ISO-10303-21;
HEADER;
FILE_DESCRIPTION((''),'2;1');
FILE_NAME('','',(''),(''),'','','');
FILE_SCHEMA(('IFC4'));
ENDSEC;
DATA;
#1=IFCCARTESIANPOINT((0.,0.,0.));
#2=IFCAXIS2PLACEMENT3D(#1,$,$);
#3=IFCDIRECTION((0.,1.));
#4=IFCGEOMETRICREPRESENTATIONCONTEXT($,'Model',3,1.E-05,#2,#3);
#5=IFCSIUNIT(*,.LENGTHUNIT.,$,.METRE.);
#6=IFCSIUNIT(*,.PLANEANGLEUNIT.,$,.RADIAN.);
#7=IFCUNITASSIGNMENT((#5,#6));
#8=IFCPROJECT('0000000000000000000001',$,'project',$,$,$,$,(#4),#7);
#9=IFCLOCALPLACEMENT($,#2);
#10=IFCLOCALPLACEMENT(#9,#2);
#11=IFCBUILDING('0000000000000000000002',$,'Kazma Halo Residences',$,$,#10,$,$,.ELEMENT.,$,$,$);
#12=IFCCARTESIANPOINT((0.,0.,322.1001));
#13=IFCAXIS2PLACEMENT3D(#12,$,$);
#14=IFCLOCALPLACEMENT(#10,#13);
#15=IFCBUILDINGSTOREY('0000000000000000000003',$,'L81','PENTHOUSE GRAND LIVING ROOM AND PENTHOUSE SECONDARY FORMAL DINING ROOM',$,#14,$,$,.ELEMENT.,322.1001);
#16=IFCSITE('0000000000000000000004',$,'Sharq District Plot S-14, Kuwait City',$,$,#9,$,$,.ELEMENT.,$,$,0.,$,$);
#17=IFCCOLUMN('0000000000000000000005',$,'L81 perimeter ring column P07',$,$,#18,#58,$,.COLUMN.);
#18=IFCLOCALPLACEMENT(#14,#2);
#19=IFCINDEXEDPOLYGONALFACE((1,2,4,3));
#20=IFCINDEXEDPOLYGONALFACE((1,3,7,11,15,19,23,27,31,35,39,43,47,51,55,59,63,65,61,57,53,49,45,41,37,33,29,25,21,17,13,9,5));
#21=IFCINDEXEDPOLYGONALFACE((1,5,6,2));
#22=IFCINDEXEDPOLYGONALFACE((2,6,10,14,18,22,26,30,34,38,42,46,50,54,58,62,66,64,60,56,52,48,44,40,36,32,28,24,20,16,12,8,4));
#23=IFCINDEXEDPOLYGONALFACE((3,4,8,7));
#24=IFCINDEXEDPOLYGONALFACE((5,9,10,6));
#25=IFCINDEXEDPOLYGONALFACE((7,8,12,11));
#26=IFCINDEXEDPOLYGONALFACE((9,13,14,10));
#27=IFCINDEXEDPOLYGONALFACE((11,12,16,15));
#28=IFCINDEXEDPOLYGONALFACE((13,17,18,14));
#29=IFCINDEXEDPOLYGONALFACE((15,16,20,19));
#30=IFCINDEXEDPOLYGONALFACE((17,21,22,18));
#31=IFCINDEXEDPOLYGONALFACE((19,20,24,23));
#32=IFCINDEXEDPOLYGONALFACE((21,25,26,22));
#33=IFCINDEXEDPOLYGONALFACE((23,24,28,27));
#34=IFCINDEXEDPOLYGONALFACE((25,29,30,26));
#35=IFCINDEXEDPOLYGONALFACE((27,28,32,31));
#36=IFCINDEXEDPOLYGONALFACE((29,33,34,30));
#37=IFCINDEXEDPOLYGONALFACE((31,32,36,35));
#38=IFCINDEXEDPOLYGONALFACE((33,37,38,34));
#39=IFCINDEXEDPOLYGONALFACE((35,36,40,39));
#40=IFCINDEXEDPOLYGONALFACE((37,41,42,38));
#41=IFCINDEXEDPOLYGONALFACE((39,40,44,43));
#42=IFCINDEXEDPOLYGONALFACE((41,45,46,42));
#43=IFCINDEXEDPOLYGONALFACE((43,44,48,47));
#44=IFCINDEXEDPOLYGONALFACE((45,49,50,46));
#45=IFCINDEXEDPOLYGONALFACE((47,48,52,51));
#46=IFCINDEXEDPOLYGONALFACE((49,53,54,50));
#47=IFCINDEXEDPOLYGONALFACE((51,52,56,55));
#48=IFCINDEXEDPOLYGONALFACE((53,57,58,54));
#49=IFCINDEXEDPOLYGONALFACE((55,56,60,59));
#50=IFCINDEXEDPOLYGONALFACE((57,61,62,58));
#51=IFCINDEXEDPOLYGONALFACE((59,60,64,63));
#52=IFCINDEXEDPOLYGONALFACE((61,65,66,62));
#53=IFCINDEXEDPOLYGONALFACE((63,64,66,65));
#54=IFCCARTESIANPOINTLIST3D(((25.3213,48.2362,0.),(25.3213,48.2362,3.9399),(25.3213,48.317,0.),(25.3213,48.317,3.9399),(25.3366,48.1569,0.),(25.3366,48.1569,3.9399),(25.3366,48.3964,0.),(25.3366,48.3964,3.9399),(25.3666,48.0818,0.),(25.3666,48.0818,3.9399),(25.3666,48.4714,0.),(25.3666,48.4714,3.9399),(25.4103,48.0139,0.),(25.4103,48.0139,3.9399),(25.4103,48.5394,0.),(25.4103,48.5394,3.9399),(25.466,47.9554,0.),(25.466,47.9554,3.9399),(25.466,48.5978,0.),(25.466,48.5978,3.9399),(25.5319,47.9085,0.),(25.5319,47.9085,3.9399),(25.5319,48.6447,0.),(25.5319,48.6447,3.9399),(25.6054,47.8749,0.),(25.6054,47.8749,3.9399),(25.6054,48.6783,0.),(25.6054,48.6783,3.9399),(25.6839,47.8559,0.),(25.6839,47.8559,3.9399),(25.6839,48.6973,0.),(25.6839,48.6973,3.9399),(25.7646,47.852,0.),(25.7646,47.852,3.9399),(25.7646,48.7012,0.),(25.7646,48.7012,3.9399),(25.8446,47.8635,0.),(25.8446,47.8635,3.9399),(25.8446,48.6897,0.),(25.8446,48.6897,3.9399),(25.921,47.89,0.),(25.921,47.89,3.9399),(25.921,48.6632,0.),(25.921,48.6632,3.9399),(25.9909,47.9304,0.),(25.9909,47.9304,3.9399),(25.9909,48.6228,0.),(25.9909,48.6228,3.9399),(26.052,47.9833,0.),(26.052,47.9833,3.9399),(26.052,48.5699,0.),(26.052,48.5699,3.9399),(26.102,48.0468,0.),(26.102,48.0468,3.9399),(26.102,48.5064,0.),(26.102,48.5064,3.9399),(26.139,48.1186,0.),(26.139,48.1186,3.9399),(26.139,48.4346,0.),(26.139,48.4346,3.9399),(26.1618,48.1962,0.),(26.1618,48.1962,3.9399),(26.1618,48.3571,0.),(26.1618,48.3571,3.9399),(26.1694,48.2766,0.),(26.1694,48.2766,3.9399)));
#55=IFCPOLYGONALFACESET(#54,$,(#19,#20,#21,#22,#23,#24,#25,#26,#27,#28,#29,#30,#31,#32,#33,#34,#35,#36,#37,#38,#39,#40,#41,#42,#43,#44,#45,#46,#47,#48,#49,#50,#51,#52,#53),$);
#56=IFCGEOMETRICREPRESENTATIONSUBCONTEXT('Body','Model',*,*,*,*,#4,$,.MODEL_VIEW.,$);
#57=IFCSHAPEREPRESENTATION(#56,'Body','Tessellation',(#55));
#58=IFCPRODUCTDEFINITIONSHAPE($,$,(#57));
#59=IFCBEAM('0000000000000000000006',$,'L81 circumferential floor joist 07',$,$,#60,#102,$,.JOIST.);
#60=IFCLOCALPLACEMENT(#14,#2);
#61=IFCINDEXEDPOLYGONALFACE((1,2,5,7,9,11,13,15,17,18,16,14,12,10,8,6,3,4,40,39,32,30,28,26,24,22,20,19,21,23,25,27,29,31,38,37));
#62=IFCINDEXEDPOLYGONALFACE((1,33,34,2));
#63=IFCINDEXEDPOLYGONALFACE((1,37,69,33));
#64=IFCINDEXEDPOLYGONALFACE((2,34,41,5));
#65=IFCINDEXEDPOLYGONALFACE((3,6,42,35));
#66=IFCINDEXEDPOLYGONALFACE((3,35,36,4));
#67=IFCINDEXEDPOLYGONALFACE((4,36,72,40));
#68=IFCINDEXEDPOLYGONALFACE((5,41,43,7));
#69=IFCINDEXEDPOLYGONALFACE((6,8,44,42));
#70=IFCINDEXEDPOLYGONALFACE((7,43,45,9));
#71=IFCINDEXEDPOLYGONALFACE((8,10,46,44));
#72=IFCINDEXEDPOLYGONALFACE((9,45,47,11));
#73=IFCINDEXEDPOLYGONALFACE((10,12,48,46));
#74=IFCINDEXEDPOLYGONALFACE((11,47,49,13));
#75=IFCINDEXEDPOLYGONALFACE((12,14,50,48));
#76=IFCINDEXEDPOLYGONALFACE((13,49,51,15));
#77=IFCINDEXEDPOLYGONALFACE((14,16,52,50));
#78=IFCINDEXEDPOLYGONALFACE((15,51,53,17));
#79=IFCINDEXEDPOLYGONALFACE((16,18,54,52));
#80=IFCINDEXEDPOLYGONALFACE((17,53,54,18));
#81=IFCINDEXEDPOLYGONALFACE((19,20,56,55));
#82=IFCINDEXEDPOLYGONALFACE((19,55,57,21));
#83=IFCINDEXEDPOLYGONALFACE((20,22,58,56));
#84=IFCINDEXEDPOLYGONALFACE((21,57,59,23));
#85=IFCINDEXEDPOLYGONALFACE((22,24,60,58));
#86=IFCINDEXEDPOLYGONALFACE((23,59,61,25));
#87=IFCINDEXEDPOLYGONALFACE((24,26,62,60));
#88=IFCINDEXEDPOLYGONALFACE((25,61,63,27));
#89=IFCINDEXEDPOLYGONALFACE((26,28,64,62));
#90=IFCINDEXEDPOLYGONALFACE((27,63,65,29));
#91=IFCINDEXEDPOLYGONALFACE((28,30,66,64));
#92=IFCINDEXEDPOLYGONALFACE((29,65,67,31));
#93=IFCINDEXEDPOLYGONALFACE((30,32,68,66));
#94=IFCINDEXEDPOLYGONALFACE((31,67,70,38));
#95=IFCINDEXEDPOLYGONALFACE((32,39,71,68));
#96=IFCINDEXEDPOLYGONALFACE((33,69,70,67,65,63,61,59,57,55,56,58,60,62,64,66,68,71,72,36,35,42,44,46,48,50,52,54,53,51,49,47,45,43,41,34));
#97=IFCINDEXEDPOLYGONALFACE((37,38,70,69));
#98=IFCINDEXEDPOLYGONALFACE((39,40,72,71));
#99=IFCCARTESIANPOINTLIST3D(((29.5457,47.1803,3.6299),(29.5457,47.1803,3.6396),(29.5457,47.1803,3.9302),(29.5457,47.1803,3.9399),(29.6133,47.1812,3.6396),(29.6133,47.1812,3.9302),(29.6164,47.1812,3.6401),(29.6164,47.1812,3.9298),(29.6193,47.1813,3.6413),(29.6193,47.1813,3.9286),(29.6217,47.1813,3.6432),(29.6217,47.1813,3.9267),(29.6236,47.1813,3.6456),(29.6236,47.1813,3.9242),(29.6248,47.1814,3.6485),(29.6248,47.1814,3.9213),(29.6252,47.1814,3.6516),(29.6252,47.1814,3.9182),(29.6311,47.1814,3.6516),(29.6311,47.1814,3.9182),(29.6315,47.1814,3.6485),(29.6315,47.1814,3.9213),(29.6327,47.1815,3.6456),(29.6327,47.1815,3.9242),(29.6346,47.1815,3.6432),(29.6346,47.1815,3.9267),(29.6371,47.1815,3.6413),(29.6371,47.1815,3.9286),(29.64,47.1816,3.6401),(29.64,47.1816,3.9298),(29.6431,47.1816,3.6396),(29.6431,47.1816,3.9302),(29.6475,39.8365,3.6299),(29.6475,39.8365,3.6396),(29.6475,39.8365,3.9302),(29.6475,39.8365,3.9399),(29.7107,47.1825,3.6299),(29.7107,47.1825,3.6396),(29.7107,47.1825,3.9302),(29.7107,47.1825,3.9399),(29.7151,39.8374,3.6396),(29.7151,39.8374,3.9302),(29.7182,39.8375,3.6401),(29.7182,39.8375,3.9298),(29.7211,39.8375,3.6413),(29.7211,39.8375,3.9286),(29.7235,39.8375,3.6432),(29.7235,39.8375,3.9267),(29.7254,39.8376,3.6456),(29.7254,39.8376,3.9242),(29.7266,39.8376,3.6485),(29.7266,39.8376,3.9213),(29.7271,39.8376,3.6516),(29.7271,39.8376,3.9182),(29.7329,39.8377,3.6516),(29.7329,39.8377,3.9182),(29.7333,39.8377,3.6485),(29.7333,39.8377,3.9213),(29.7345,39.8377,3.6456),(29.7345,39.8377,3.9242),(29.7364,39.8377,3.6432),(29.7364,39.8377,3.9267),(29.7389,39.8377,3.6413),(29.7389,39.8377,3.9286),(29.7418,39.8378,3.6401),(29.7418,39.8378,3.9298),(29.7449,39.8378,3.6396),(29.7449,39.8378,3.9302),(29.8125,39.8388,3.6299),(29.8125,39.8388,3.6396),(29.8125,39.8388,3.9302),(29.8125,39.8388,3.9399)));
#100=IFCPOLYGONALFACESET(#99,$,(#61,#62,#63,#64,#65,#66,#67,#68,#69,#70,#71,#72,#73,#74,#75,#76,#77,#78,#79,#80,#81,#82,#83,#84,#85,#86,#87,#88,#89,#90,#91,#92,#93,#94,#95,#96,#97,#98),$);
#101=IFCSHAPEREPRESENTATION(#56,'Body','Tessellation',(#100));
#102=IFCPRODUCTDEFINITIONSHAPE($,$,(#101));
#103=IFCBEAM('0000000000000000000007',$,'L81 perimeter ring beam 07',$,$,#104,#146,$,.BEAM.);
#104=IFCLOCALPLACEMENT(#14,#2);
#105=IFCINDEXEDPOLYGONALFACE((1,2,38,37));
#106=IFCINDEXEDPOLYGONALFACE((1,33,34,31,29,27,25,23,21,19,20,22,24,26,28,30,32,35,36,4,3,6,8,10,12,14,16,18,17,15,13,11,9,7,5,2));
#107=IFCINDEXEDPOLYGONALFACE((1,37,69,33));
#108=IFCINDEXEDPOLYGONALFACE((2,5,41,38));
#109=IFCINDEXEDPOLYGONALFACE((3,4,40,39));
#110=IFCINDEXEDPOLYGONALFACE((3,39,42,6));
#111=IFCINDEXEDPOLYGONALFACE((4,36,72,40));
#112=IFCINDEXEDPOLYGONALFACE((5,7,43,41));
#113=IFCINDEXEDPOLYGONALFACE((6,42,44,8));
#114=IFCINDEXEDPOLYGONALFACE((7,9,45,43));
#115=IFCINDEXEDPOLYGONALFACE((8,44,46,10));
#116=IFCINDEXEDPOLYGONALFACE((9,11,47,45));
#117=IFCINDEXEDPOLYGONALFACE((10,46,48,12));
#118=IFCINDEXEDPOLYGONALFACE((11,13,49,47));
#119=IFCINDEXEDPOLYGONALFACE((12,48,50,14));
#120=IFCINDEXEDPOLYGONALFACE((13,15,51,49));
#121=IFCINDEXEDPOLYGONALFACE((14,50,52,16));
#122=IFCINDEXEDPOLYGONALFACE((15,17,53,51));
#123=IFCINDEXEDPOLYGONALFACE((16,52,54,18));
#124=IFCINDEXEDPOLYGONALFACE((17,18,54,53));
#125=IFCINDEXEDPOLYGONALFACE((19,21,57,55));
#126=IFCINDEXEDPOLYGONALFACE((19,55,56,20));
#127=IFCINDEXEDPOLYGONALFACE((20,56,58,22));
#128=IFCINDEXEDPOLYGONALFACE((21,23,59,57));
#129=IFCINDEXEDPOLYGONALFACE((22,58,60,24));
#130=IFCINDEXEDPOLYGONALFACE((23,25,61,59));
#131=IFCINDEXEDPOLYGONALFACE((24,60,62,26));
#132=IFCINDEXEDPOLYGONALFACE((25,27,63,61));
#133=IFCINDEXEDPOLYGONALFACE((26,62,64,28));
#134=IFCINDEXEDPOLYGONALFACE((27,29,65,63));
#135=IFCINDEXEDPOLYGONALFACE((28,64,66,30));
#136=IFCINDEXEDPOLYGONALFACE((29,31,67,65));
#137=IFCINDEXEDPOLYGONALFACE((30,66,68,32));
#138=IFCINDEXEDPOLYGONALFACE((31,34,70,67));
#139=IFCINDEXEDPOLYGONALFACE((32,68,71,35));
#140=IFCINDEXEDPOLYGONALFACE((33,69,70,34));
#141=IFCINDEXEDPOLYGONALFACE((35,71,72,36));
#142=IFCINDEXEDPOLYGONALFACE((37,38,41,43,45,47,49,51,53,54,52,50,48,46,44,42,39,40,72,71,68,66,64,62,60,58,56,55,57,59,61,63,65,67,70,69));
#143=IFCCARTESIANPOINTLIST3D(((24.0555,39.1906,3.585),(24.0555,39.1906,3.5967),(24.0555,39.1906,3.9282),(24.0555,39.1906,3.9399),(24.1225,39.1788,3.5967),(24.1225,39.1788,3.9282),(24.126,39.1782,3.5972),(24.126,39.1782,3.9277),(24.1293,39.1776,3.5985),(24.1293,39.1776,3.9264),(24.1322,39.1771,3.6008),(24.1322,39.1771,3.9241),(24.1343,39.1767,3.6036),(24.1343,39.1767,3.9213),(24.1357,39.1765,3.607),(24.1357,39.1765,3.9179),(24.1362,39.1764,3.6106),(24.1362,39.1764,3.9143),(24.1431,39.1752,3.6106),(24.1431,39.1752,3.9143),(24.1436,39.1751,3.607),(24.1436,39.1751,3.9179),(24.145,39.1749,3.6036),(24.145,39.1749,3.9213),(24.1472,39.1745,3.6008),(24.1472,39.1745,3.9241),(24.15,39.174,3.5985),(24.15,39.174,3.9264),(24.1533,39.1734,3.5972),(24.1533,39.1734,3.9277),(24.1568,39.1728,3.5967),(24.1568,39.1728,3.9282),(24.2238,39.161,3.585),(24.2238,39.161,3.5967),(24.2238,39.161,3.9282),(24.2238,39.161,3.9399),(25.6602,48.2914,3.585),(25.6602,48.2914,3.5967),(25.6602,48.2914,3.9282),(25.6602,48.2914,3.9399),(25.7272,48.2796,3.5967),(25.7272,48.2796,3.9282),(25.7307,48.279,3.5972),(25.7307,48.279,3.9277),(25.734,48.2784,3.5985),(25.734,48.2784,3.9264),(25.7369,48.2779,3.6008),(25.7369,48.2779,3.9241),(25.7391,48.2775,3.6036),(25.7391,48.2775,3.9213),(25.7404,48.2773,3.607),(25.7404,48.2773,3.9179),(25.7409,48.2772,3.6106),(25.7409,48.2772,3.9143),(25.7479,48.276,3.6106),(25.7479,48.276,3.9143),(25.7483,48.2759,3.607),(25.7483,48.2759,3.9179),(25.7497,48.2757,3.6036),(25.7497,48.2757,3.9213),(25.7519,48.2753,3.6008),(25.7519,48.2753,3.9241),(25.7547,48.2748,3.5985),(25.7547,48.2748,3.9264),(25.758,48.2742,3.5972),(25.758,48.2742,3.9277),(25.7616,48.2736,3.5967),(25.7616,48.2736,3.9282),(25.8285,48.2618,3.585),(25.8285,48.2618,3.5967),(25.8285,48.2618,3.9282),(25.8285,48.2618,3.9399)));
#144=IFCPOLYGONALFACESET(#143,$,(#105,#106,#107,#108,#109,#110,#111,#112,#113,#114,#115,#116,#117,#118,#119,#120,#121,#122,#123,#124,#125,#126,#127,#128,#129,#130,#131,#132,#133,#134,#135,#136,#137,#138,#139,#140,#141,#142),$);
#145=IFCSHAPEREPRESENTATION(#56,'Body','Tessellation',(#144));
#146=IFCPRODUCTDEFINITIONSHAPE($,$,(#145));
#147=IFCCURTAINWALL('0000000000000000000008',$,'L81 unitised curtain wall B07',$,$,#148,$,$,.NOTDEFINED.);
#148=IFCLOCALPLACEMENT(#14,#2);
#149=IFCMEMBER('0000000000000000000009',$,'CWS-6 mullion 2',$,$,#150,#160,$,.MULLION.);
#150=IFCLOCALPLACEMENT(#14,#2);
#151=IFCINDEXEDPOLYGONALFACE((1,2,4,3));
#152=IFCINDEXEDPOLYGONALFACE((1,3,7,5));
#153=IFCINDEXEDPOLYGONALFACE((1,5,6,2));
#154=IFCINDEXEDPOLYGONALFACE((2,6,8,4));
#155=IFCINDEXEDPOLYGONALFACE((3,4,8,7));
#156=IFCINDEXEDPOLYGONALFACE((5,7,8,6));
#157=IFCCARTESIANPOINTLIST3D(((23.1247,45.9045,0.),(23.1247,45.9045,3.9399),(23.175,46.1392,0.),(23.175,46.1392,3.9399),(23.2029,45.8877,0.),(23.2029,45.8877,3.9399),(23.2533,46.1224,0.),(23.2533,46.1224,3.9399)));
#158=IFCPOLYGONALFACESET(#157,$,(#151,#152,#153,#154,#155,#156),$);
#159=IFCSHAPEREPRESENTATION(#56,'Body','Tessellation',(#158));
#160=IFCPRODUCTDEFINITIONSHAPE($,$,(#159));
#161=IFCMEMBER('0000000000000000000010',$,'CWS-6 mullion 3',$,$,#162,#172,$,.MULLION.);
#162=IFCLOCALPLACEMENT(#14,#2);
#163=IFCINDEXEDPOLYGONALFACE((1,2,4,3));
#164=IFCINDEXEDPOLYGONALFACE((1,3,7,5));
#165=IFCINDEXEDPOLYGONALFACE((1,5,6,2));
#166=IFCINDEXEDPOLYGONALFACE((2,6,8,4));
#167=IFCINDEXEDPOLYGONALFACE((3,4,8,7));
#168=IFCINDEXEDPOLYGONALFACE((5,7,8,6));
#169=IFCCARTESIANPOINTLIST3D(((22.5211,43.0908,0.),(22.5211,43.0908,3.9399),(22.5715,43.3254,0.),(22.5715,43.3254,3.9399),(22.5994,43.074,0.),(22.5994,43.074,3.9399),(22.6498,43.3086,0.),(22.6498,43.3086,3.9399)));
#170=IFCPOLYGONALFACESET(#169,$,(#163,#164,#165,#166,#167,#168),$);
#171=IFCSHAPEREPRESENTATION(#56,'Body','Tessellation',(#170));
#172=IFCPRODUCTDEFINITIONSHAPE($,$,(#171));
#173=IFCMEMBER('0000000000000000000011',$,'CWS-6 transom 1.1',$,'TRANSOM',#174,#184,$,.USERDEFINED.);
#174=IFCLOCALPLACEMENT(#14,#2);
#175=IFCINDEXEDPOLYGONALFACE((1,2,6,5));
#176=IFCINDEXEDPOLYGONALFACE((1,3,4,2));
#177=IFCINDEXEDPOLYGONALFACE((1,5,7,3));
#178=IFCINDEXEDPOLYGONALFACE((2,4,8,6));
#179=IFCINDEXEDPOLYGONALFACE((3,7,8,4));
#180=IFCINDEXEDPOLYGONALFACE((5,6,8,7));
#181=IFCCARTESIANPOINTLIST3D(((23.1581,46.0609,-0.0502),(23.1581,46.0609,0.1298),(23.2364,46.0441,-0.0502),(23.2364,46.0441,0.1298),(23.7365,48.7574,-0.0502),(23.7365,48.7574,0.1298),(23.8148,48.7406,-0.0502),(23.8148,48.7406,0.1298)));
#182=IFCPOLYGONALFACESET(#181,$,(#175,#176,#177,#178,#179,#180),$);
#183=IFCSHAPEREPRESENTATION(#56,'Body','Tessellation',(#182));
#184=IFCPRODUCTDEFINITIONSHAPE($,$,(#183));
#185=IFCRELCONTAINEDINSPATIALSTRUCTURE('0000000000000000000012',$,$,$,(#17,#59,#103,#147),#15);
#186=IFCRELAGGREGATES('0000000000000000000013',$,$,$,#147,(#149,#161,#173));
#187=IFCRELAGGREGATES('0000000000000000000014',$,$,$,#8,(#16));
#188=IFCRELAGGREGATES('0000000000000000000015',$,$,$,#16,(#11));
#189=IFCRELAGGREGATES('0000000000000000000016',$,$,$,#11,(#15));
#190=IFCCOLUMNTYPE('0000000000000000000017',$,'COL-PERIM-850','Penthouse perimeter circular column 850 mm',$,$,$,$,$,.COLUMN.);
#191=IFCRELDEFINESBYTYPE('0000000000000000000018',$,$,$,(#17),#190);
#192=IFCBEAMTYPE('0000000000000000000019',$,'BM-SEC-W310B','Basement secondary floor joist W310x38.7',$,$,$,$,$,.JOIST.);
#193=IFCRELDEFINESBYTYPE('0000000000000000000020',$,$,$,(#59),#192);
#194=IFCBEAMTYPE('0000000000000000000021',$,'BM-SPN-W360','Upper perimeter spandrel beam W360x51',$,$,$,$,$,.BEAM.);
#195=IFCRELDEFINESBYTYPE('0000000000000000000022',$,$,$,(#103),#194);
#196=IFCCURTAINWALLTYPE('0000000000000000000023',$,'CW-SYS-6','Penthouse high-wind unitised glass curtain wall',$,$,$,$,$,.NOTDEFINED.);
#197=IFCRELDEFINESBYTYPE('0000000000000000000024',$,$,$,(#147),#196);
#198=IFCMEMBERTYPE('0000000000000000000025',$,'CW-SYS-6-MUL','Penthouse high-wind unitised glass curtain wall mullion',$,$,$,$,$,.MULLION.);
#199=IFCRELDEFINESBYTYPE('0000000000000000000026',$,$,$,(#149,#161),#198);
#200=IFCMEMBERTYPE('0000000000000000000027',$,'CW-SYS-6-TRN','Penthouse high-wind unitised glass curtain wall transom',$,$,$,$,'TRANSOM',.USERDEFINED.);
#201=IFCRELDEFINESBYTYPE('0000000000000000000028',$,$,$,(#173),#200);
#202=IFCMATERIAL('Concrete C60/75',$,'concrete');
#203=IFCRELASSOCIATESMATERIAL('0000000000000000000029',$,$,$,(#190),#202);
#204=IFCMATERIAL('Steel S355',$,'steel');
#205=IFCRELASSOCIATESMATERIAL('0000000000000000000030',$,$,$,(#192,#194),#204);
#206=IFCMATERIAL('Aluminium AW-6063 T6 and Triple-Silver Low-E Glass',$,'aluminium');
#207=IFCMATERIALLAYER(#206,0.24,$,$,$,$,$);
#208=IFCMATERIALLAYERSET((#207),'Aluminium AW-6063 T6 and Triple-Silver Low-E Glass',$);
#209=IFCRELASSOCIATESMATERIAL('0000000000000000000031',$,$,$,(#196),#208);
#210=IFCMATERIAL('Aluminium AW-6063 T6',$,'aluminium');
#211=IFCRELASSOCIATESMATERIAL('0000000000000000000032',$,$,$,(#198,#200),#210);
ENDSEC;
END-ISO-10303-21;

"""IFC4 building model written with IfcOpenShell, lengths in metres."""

from ifc_helpers import new_model, si_unit, direction, frame, origin, origin_2d, place, context, subcontext, project, spatial, rectangle, circle, i_section, extrude, material, layer, layer_set, material_profile, profile_set, type_object, element, aggregate, save


model = new_model("IFC4")

# Units and contexts
model_context = context("Model", 3, precision=1e-05, world=origin(), true_north=direction((0.0, 1.0)))
body_context = subcontext(model_context, "Body", "Model", "MODEL_VIEW")
ifc_project = project(units=[si_unit("LENGTHUNIT", "METRE"), si_unit("PLANEANGLEUNIT", "RADIAN")], contexts=[model_context])

# Site, building, storey
site_placement = place(None, origin())
site = spatial("IfcSite", under=ifc_project, at=site_placement, Name="Sharq District Plot S-14, Kuwait City", CompositionType="ELEMENT", RefElevation=0.0)
building_placement = place(site_placement, origin())
building = spatial("IfcBuilding", under=site, at=building_placement, Name="Kazma Halo Residences", CompositionType="ELEMENT")
storey_placement = place(building_placement, frame((0.0, 0.0, 322.1001)))
storey = spatial("IfcBuildingStorey", under=building, at=storey_placement, Name="L81", Description="PENTHOUSE GRAND LIVING ROOM AND PENTHOUSE SECONDARY FORMAL DINING ROOM", CompositionType="ELEMENT", Elevation=322.1001)

# Column
ifc_material_1 = material(Name="Concrete C60/75", Category="concrete")
ifc_material_profile_1 = material_profile(ifc_material_1, circle(Radius=0.425, at=origin_2d()), Name="CIRC850")
ifc_profile_set_1 = profile_set([ifc_material_profile_1], Name="Concrete C60/75")
column_type = type_object("IfcColumnType", Name="COL-PERIM-850", Description="Penthouse perimeter circular column 850 mm", PredefinedType="COLUMN", material=ifc_profile_set_1)
column_placement = place(storey_placement, frame((25.7444, 48.2766, 0.0), z_axis=(0.0, 0.0, 1.0), x_axis=(1.0, 0.0, 0.0)))
element("IfcColumn", 1, at=column_placement, inside=storey, type_object=column_type, Name="L81 perimeter ring column P07", PredefinedType="COLUMN", context=body_context, shape_type="SweptSolid", body=[
    extrude(circle(Radius=0.425, at=origin_2d()), origin(), (0.0, 0.0, 1.0), 3.9399),
])

# Beams
ifc_material_2 = material(Name="Steel S355", Category="steel")
ifc_material_profile_2 = material_profile(ifc_material_2, i_section(OverallWidth=0.165, OverallDepth=0.3101, WebThickness=0.0059, FlangeThickness=0.0098, FilletRadius=0.012, at=origin_2d()), Name="W310x38.7")
ifc_profile_set_2 = profile_set([ifc_material_profile_2], Name="Steel S355")
beam_type_1 = type_object("IfcBeamType", Name="BM-SEC-W310B", Description="Basement secondary floor joist W310x38.7", PredefinedType="JOIST", material=ifc_profile_set_2)
beam_1_placement = place(storey_placement, frame((29.6282, 47.1814, 3.7849), z_axis=(0.013862, -0.999904, 0.0), x_axis=(0.999904, 0.013862, 0.0)))
element("IfcBeam", 2, at=beam_1_placement, inside=storey, type_object=beam_type_1, Name="L81 circumferential floor joist 07", PredefinedType="JOIST", context=body_context, shape_type="SweptSolid", body=[
    extrude(i_section(OverallWidth=0.165, OverallDepth=0.3101, WebThickness=0.0059, FlangeThickness=0.0098, FilletRadius=0.012, at=origin_2d()), origin(), (0.0, 0.0, 1.0), 7.3445),
])
ifc_material_profile_3 = material_profile(ifc_material_2, i_section(OverallWidth=0.1709, OverallDepth=0.355, WebThickness=0.0071, FlangeThickness=0.0117, FilletRadius=0.0139, at=origin_2d()), Name="W360x51")
ifc_profile_set_3 = profile_set([ifc_material_profile_3], Name="Steel S355")
beam_type_2 = type_object("IfcBeamType", Name="BM-SPN-W360", Description="Upper perimeter spandrel beam W360x51", PredefinedType="BEAM", material=ifc_profile_set_3)
beam_2_placement = place(storey_placement, frame((25.7444, 48.2766, 3.7625), z_axis=(-0.17365, -0.984807, 0.0), x_axis=(0.984807, -0.17365, 0.0)))
element("IfcBeam", 3, at=beam_2_placement, inside=storey, type_object=beam_type_2, Name="L81 perimeter ring beam 07", PredefinedType="BEAM", context=body_context, shape_type="SweptSolid", body=[
    extrude(i_section(OverallWidth=0.1709, OverallDepth=0.355, WebThickness=0.0071, FlangeThickness=0.0117, FilletRadius=0.0139, at=origin_2d()), origin(), (0.0, 0.0, 1.0), 9.2412),
])

# Curtain wall, members
ifc_material_3 = material(Name="Aluminium AW-6063 T6 and Triple-Silver Low-E Glass", Category="aluminium")
ifc_layer_1 = layer(ifc_material_3, 0.24)
ifc_layer_set_1 = layer_set([ifc_layer_1], Name="Aluminium AW-6063 T6 and Triple-Silver Low-E Glass")
curtain_wall_type = type_object("IfcCurtainWallType", Name="CW-SYS-6", Description="Penthouse high-wind unitised glass curtain wall", PredefinedType="NOTDEFINED", material=ifc_layer_set_1)
curtain_wall_placement = place(storey_placement, origin())
curtain_wall = element("IfcCurtainWall", 4, at=curtain_wall_placement, inside=storey, type_object=curtain_wall_type, Name="L81 unitised curtain wall B07", PredefinedType="NOTDEFINED")
ifc_material_4 = material(Name="Aluminium AW-6063 T6", Category="aluminium")
ifc_material_profile_4 = material_profile(ifc_material_4, rectangle(XDim=0.0801, YDim=0.24, at=origin_2d()), Name="CWM-80x240")
ifc_profile_set_4 = profile_set([ifc_material_profile_4], Name="Aluminium AW-6063 T6")
member_type_1 = type_object("IfcMemberType", Name="CW-SYS-6-MUL", Description="Penthouse high-wind unitised glass curtain wall mullion", PredefinedType="MULLION", material=ifc_profile_set_4)
member_1_placement = place(storey_placement, frame((23.189, 46.0134, 0.0), z_axis=(0.0, 0.0, 1.0), x_axis=(0.977761, -0.209723, 0.0)))
member_1 = element("IfcMember", 5, at=member_1_placement, type_object=member_type_1, Name="CWS-6 mullion 2", PredefinedType="MULLION", context=body_context, shape_type="SweptSolid", body=[
    extrude(rectangle(XDim=0.0801, YDim=0.24, at=origin_2d()), origin(), (0.0, 0.0, 1.0), 3.9399),
])
member_2_placement = place(storey_placement, frame((22.5854, 43.1997, 0.0), z_axis=(0.0, 0.0, 1.0), x_axis=(0.977761, -0.209723, 0.0)))
member_2 = element("IfcMember", 6, at=member_2_placement, type_object=member_type_1, Name="CWS-6 mullion 3", PredefinedType="MULLION", context=body_context, shape_type="SweptSolid", body=[
    extrude(rectangle(XDim=0.0801, YDim=0.24, at=origin_2d()), origin(), (0.0, 0.0, 1.0), 3.9399),
])
ifc_material_profile_5 = material_profile(ifc_material_4, rectangle(XDim=0.0801, YDim=0.1799, at=origin_2d()), Name="CWT-80x180")
ifc_profile_set_5 = profile_set([ifc_material_profile_5], Name="Aluminium AW-6063 T6")
member_type_2 = type_object("IfcMemberType", Name="CW-SYS-6-TRN", Description="Penthouse high-wind unitised glass curtain wall transom", ElementType="TRANSOM", PredefinedType="USERDEFINED", material=ifc_profile_set_5)
member_3_placement = place(storey_placement, frame((23.7756, 48.749, 0.0398), z_axis=(-0.209716, -0.977762, 0.0), x_axis=(0.977762, -0.209716, 0.0)))
member_3 = element("IfcMember", 7, at=member_3_placement, type_object=member_type_2, Name="CWS-6 transom 1.1", ObjectType="TRANSOM", PredefinedType="USERDEFINED", context=body_context, shape_type="SweptSolid", body=[
    extrude(rectangle(XDim=0.0801, YDim=0.1799, at=origin_2d()), origin(), (0.0, 0.0, 1.0), 2.7578),
])
aggregate(curtain_wall, [member_1, member_2, member_3])

save(model, "model.ifc")
